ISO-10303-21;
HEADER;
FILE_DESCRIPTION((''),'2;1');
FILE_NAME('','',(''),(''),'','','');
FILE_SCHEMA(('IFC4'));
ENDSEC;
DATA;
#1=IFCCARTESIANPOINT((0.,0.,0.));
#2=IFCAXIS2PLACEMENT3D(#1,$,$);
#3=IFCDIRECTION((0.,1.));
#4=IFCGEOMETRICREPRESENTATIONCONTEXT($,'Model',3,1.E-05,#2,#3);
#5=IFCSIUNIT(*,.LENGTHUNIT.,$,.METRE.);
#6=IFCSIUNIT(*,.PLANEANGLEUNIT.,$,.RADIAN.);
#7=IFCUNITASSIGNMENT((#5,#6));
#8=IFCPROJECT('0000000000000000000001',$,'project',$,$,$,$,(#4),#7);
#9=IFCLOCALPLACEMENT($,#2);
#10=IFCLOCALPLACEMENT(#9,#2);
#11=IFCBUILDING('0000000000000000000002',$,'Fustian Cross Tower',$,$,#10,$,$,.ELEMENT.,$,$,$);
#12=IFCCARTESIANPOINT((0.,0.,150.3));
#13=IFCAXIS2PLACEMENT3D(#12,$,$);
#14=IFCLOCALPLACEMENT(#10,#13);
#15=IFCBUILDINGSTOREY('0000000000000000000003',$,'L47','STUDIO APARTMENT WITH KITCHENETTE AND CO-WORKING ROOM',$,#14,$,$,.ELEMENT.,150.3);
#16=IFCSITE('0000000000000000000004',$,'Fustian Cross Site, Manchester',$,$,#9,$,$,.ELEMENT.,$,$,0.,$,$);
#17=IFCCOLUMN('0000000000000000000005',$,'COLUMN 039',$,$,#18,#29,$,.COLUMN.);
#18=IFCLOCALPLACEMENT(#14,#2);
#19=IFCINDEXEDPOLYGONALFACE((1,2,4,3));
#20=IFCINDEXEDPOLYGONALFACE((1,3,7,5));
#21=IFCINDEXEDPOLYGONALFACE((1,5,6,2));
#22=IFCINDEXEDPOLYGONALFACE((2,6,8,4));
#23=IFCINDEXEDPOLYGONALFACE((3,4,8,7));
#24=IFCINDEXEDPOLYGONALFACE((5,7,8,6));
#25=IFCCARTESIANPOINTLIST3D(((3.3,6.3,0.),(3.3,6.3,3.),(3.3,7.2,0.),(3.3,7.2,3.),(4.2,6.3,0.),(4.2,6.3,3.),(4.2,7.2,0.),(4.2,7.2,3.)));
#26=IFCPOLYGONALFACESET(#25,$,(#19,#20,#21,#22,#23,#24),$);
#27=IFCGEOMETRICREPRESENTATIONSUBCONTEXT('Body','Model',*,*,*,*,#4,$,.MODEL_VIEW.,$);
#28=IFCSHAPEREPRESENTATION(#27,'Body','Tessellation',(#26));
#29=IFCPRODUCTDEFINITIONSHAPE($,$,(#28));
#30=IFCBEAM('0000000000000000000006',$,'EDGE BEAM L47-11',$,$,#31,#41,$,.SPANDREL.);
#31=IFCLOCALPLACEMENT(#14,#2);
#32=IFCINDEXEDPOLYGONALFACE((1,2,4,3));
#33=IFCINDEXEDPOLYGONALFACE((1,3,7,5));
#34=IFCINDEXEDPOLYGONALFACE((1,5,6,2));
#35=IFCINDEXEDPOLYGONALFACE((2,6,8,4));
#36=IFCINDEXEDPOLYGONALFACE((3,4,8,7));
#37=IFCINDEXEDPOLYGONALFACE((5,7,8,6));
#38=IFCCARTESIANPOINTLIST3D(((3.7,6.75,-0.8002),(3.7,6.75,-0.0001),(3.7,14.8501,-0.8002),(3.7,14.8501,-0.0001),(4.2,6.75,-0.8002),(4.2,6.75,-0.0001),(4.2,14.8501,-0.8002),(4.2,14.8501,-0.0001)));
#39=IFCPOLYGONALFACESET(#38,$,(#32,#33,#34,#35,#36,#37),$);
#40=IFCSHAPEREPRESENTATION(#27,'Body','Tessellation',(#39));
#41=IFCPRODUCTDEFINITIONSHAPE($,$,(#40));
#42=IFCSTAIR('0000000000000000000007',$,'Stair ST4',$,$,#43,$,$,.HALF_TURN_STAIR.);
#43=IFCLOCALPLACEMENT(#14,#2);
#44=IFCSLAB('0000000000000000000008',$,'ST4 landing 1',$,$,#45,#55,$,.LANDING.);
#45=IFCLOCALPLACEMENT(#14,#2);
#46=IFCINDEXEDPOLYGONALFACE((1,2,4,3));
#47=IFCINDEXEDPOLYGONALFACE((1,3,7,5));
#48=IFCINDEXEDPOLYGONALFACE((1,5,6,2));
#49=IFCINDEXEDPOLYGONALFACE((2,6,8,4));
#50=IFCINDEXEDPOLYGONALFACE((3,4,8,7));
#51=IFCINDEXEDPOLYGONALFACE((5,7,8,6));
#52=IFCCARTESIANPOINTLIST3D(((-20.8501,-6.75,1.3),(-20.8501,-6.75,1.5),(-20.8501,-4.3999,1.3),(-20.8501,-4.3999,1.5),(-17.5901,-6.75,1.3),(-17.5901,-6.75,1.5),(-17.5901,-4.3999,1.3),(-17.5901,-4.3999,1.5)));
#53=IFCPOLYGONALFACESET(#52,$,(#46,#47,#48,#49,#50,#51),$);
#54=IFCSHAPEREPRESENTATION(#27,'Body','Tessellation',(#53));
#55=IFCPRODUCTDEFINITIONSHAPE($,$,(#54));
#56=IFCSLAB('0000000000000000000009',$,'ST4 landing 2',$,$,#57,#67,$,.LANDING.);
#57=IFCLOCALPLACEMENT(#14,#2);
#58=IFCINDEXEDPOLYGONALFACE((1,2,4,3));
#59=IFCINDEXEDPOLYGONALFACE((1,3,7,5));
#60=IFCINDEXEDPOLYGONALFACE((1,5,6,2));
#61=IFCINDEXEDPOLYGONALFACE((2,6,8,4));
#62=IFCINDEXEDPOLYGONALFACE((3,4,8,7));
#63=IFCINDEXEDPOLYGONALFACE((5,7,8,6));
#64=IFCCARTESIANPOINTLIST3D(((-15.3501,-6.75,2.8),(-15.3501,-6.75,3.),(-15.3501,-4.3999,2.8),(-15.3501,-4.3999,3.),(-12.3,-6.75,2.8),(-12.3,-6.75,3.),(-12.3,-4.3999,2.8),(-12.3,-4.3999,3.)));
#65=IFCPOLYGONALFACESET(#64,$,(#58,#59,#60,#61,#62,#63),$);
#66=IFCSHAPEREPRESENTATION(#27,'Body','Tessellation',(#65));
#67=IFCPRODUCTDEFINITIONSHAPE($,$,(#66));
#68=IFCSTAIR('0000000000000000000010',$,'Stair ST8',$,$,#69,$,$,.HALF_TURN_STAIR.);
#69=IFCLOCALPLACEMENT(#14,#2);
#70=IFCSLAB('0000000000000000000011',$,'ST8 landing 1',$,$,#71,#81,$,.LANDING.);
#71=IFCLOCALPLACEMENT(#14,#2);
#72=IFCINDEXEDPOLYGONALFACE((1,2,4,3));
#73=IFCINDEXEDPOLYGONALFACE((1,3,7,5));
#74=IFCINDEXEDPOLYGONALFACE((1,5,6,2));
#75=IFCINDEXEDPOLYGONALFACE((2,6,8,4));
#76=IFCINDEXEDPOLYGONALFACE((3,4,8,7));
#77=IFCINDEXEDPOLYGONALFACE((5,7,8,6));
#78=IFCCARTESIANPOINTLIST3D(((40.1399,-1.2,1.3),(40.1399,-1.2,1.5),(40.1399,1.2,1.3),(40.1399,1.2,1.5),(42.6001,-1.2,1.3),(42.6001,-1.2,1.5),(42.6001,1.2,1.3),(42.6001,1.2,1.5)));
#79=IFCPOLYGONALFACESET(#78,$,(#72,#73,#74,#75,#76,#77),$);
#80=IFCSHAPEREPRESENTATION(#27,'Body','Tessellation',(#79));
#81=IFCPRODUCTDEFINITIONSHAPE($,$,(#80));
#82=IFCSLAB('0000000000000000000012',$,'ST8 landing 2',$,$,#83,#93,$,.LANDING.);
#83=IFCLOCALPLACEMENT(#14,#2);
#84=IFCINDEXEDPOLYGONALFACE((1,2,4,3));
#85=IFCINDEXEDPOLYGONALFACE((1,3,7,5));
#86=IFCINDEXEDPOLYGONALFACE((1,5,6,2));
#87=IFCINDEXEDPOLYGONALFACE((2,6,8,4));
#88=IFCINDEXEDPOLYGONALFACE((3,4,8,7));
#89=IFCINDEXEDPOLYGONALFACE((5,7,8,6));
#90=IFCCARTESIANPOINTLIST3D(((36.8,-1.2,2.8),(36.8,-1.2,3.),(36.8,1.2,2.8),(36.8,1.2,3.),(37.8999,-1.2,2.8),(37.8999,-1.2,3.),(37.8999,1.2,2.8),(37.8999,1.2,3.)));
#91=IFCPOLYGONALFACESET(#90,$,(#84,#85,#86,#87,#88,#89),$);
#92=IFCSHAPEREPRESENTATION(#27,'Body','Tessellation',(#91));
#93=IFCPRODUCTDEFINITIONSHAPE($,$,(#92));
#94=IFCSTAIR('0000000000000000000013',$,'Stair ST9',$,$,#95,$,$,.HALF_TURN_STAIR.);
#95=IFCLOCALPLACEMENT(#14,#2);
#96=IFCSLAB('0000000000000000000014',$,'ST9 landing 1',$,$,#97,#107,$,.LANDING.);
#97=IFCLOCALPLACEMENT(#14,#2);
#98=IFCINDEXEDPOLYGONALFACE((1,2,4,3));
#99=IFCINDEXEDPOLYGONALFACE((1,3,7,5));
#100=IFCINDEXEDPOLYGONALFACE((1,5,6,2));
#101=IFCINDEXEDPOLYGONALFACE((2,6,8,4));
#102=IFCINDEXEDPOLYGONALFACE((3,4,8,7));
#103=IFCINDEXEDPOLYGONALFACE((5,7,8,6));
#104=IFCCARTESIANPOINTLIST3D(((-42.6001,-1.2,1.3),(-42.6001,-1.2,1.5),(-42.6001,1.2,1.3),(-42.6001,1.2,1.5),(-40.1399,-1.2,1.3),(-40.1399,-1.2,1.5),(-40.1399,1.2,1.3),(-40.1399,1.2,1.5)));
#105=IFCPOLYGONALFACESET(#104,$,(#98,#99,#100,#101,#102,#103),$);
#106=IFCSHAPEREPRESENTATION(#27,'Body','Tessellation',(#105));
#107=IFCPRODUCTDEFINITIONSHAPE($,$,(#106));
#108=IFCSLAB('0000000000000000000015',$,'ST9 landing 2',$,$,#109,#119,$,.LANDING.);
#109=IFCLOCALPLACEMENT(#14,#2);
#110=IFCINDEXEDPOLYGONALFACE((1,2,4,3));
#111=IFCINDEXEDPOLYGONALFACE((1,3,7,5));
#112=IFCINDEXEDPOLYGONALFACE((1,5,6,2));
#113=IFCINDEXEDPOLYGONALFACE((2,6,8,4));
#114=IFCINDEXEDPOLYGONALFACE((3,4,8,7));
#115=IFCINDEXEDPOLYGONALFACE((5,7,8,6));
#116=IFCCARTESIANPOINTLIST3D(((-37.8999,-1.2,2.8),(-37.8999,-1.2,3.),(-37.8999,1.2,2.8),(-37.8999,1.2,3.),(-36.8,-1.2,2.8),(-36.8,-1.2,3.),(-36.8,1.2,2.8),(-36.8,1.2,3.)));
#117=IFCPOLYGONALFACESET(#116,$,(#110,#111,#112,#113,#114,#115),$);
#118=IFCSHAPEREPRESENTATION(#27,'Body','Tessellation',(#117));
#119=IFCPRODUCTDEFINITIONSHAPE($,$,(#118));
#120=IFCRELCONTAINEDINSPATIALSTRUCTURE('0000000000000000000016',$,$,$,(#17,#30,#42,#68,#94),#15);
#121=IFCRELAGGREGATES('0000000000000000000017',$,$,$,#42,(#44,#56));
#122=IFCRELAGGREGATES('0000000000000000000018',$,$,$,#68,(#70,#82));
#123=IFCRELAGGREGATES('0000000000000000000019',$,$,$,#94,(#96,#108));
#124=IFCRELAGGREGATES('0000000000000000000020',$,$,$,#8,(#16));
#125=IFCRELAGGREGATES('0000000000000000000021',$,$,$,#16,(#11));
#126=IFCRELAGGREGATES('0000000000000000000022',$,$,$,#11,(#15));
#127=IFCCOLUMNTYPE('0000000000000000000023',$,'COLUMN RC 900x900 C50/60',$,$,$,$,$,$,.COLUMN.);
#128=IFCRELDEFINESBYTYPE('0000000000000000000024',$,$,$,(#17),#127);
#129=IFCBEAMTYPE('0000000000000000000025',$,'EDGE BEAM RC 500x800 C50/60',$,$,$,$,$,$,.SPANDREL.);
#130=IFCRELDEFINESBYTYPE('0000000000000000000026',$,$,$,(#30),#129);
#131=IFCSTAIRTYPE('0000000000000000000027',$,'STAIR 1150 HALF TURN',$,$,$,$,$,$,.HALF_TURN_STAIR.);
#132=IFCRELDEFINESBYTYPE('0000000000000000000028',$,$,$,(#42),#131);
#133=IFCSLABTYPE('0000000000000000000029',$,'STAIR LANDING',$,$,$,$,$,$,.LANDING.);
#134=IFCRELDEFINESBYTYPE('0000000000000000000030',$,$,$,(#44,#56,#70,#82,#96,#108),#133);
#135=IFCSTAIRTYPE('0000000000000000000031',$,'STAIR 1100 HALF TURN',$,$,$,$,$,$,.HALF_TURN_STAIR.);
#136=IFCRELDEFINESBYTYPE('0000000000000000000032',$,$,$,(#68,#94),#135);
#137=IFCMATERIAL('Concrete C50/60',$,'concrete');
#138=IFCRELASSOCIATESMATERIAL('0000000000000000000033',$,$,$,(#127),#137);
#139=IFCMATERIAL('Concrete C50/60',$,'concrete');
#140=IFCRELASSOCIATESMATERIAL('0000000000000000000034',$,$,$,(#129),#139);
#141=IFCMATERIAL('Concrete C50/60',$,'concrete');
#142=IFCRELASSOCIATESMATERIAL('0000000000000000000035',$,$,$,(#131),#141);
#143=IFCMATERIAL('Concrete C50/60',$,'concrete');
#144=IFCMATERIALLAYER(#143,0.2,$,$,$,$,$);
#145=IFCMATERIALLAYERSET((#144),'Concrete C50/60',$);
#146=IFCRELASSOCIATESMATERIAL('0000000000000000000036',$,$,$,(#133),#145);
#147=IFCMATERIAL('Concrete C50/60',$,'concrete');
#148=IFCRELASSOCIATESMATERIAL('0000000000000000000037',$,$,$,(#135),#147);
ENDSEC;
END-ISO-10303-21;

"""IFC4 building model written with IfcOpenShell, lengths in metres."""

from ifc_helpers import new_model, si_unit, direction, frame, origin, origin_2d, place, context, subcontext, project, spatial, polyline, rectangle, outline, extrude, material, layer, layer_set, material_profile, profile_set, type_object, element, aggregate, save


model = new_model("IFC4")

# Units and contexts
model_context = context("Model", 3, precision=1e-05, world=origin(), true_north=direction((0.0, 1.0)))
body_context = subcontext(model_context, "Body", "Model", "MODEL_VIEW")
ifc_project = project(units=[si_unit("LENGTHUNIT", "METRE"), si_unit("PLANEANGLEUNIT", "RADIAN")], contexts=[model_context])

# Site, building, storey
site_placement = place(None, origin())
site = spatial("IfcSite", under=ifc_project, at=site_placement, Name="Fustian Cross Site, Manchester", CompositionType="ELEMENT", RefElevation=0.0)
building_placement = place(site_placement, origin())
building = spatial("IfcBuilding", under=site, at=building_placement, Name="Fustian Cross Tower", CompositionType="ELEMENT")
storey_placement = place(building_placement, frame((0.0, 0.0, 150.3)))
storey = spatial("IfcBuildingStorey", under=building, at=storey_placement, Name="L47", Description="STUDIO APARTMENT WITH KITCHENETTE AND CO-WORKING ROOM", CompositionType="ELEMENT", Elevation=150.3)

# Column
ifc_material_1 = material(Name="Concrete C50/60", Category="concrete")
ifc_material_profile_1 = material_profile(ifc_material_1, rectangle(XDim=0.8999, YDim=0.8999, at=origin_2d()), Name="RC 900x900")
ifc_profile_set_1 = profile_set([ifc_material_profile_1], Name="Concrete C50/60")
column_type = type_object("IfcColumnType", Name="COLUMN RC 900x900 C50/60", PredefinedType="COLUMN", material=ifc_profile_set_1)
column_placement = place(storey_placement, frame((3.75, 6.75, 0.0), z_axis=(0.0, 0.0, 1.0), x_axis=(1.0, 0.0, 0.0)))
element("IfcColumn", 1, at=column_placement, inside=storey, type_object=column_type, Name="COLUMN 039", PredefinedType="COLUMN", context=body_context, shape_type="SweptSolid", body=[
    extrude(rectangle(XDim=0.8999, YDim=0.8999, at=origin_2d()), origin(), (0.0, 0.0, 1.0), 3.0),
])

# Beam
ifc_material_2 = material(Name="Concrete C50/60", Category="concrete")
ifc_material_profile_2 = material_profile(ifc_material_2, rectangle(XDim=0.5, YDim=0.8, at=origin_2d()), Name="RC 500x800")
ifc_profile_set_2 = profile_set([ifc_material_profile_2], Name="Concrete C50/60")
beam_type = type_object("IfcBeamType", Name="EDGE BEAM RC 500x800 C50/60", PredefinedType="SPANDREL", material=ifc_profile_set_2)
beam_placement = place(storey_placement, frame((3.95, 6.75, -0.4001), z_axis=(0.0, 1.0, 0.0), x_axis=(-1.0, 0.0, 0.0)))
element("IfcBeam", 2, at=beam_placement, inside=storey, type_object=beam_type, Name="EDGE BEAM L47-11", PredefinedType="SPANDREL", context=body_context, shape_type="SweptSolid", body=[
    extrude(rectangle(XDim=0.5, YDim=0.8, at=origin_2d()), origin(), (0.0, 0.0, 1.0), 8.1001),
])

# Stairs, slabs
ifc_material_3 = material(Name="Concrete C50/60", Category="concrete")
stair_type_1 = type_object("IfcStairType", Name="STAIR 1150 HALF TURN", PredefinedType="HALF_TURN_STAIR", material=ifc_material_3)
stair_1_placement = place(storey_placement, origin())
stair_1 = element("IfcStair", 3, at=stair_1_placement, inside=storey, type_object=stair_type_1, Name="Stair ST4", PredefinedType="HALF_TURN_STAIR")
ifc_material_4 = material(Name="Concrete C50/60", Category="concrete")
ifc_layer_1 = layer(ifc_material_4, 0.2)
ifc_layer_set_1 = layer_set([ifc_layer_1], Name="Concrete C50/60")
slab_type = type_object("IfcSlabType", Name="STAIR LANDING", PredefinedType="LANDING", material=ifc_layer_set_1)
slab_1_placement = place(storey_placement, frame((0.0, 0.0, 1.3)))
slab_1 = element("IfcSlab", 4, at=slab_1_placement, type_object=slab_type, Name="ST4 landing 1", PredefinedType="LANDING", context=body_context, shape_type="SweptSolid", body=[
    extrude(outline(polyline([(-17.5901, -4.3999), (-20.8501, -4.3999), (-20.8501, -6.75), (-17.5901, -6.75), (-17.5901, -4.3999)])), origin(), (0.0, 0.0, 1.0), 0.2),
])
slab_2_placement = place(storey_placement, frame((0.0, 0.0, 2.8)))
slab_2 = element("IfcSlab", 5, at=slab_2_placement, type_object=slab_type, Name="ST4 landing 2", PredefinedType="LANDING", context=body_context, shape_type="SweptSolid", body=[
    extrude(outline(polyline([(-12.3, -4.3999), (-15.3501, -4.3999), (-15.3501, -6.75), (-12.3, -6.75), (-12.3, -4.3999)])), origin(), (0.0, 0.0, 1.0), 0.2),
])
aggregate(stair_1, [slab_1, slab_2])
ifc_material_5 = material(Name="Concrete C50/60", Category="concrete")
stair_type_2 = type_object("IfcStairType", Name="STAIR 1100 HALF TURN", PredefinedType="HALF_TURN_STAIR", material=ifc_material_5)
stair_2_placement = place(storey_placement, origin())
stair_2 = element("IfcStair", 6, at=stair_2_placement, inside=storey, type_object=stair_type_2, Name="Stair ST8", PredefinedType="HALF_TURN_STAIR")
slab_3_placement = place(storey_placement, frame((0.0, 0.0, 1.3)))
slab_3 = element("IfcSlab", 7, at=slab_3_placement, type_object=slab_type, Name="ST8 landing 1", PredefinedType="LANDING", context=body_context, shape_type="SweptSolid", body=[
    extrude(outline(polyline([(40.1399, -1.2), (42.6001, -1.2), (42.6001, 1.2), (40.1399, 1.2), (40.1399, -1.2)])), origin(), (0.0, 0.0, 1.0), 0.2),
])
slab_4_placement = place(storey_placement, frame((0.0, 0.0, 2.8)))
slab_4 = element("IfcSlab", 8, at=slab_4_placement, type_object=slab_type, Name="ST8 landing 2", PredefinedType="LANDING", context=body_context, shape_type="SweptSolid", body=[
    extrude(outline(polyline([(36.8, -1.2), (37.8999, -1.2), (37.8999, 1.2), (36.8, 1.2), (36.8, -1.2)])), origin(), (0.0, 0.0, 1.0), 0.2),
])
aggregate(stair_2, [slab_3, slab_4])
stair_3_placement = place(storey_placement, origin())
stair_3 = element("IfcStair", 9, at=stair_3_placement, inside=storey, type_object=stair_type_2, Name="Stair ST9", PredefinedType="HALF_TURN_STAIR")
slab_5_placement = place(storey_placement, frame((0.0, 0.0, 1.3)))
slab_5 = element("IfcSlab", 10, at=slab_5_placement, type_object=slab_type, Name="ST9 landing 1", PredefinedType="LANDING", context=body_context, shape_type="SweptSolid", body=[
    extrude(outline(polyline([(-40.1399, -1.2), (-42.6001, -1.2), (-42.6001, 1.2), (-40.1399, 1.2), (-40.1399, -1.2)])), origin(), (0.0, 0.0, 1.0), 0.2),
])
slab_6_placement = place(storey_placement, frame((0.0, 0.0, 2.8)))
slab_6 = element("IfcSlab", 11, at=slab_6_placement, type_object=slab_type, Name="ST9 landing 2", PredefinedType="LANDING", context=body_context, shape_type="SweptSolid", body=[
    extrude(outline(polyline([(-36.8, -1.2), (-37.8999, -1.2), (-37.8999, 1.2), (-36.8, 1.2), (-36.8, -1.2)])), origin(), (0.0, 0.0, 1.0), 0.2),
])
aggregate(stair_3, [slab_5, slab_6])

save(model, "model.ifc")
